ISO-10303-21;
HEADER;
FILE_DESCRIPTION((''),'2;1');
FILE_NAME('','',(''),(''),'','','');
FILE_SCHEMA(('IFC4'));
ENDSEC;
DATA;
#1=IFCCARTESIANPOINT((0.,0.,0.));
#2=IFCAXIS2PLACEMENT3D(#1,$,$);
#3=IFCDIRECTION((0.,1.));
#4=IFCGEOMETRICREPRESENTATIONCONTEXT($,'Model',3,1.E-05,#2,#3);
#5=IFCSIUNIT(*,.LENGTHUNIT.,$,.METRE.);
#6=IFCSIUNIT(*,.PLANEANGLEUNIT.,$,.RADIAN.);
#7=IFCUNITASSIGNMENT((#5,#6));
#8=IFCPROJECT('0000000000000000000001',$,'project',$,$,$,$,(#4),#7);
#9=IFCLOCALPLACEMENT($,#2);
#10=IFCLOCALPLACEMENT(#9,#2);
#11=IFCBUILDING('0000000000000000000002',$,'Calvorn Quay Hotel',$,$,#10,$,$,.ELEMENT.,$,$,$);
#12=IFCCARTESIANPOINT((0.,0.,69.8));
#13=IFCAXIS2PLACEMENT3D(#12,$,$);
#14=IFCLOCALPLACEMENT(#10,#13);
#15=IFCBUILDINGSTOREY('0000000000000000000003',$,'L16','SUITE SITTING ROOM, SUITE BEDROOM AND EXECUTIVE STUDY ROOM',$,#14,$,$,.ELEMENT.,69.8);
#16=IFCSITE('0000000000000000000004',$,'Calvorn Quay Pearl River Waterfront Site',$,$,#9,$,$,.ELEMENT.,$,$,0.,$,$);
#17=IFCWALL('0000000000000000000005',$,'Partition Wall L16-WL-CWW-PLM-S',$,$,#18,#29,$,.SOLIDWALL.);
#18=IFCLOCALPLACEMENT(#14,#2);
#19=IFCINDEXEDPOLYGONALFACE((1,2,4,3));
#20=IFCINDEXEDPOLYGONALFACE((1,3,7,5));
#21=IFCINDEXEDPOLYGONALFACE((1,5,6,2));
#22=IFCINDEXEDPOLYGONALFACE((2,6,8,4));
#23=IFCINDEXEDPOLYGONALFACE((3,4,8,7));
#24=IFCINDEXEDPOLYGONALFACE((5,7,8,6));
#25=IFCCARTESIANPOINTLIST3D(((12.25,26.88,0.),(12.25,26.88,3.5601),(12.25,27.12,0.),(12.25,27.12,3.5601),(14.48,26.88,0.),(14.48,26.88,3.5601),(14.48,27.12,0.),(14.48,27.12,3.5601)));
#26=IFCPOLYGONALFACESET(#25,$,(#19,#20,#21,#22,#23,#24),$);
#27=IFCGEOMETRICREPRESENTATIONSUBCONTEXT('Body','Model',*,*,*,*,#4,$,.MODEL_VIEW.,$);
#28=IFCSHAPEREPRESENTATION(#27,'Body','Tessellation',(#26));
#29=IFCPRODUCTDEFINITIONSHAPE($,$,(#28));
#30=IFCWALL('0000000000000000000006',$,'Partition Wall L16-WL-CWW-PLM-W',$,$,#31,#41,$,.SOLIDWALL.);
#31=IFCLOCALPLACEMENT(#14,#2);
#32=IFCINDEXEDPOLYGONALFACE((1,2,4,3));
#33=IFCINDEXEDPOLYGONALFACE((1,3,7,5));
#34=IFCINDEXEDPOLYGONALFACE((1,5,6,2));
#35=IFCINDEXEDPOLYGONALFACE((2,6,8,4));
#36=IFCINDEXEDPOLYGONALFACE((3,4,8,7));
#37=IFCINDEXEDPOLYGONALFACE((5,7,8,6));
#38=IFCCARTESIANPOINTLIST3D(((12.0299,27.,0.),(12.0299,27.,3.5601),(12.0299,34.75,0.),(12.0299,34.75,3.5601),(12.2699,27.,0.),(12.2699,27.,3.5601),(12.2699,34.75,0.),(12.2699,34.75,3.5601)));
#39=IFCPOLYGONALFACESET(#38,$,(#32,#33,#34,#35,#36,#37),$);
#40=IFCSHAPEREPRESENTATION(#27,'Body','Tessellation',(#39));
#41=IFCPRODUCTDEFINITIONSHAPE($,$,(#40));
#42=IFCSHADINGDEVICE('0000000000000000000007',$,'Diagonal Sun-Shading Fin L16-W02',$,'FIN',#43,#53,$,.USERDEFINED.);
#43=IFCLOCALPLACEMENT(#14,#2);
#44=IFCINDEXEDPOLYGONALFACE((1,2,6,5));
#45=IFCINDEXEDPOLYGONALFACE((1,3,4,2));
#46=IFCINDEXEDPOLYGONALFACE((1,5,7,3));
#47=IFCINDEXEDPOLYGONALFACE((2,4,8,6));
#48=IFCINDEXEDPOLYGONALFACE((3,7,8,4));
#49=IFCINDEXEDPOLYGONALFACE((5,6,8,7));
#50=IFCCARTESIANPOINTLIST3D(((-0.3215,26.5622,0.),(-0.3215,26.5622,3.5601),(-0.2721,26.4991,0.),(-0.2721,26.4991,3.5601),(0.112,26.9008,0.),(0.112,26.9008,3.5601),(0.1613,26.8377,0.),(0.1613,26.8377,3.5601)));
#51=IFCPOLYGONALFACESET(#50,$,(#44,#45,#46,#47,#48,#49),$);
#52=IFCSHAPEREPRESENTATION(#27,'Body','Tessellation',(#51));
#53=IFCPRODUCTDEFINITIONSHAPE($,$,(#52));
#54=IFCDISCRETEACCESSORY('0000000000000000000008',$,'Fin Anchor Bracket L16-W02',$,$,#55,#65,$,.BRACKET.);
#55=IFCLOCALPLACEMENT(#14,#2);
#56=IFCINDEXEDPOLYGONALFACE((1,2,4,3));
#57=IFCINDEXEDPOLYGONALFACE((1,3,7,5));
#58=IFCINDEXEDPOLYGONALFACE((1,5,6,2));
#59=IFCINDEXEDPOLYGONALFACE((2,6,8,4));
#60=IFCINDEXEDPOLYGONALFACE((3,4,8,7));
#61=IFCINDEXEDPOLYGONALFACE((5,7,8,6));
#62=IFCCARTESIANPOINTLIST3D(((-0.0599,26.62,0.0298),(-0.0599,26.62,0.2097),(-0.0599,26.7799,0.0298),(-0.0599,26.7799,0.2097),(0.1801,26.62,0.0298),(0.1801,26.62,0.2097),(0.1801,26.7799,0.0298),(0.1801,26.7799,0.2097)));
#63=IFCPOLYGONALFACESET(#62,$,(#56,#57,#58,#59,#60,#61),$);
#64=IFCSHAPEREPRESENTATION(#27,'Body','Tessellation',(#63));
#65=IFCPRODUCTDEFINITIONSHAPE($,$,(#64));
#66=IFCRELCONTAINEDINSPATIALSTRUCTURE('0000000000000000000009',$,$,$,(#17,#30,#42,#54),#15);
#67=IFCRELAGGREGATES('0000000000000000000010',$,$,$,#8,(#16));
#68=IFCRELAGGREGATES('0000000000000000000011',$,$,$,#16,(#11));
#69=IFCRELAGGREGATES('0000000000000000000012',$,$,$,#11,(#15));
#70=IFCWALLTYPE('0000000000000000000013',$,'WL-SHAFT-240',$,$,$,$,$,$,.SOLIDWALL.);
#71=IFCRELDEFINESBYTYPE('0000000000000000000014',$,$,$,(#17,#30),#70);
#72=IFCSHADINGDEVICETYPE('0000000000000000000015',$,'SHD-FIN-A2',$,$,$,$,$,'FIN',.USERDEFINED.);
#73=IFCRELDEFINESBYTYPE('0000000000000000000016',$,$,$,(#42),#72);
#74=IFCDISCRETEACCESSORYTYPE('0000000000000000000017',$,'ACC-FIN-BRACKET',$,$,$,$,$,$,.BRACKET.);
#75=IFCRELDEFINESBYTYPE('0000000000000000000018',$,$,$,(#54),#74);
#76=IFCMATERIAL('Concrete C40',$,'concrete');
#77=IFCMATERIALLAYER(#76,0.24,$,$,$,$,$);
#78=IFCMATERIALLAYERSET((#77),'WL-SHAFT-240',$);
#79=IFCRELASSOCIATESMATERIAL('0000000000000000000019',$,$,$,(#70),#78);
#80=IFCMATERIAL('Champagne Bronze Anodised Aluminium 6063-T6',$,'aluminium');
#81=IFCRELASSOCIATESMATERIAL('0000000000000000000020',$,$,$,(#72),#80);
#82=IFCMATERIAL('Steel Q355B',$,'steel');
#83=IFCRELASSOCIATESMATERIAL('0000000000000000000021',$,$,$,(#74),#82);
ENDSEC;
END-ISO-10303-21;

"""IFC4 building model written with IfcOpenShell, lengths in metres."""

from ifc_helpers import new_model, si_unit, direction, frame, frame_2d, origin, origin_2d, place, context, subcontext, project, spatial, rectangle, extrude, material, layer, layer_set, type_object, element, save


model = new_model("IFC4")

# Units and contexts
model_context = context("Model", 3, precision=1e-05, world=origin(), true_north=direction((0.0, 1.0)))
body_context = subcontext(model_context, "Body", "Model", "MODEL_VIEW")
ifc_project = project(units=[si_unit("LENGTHUNIT", "METRE"), si_unit("PLANEANGLEUNIT", "RADIAN")], contexts=[model_context])

# Site, building, storey
site_placement = place(None, origin())
site = spatial("IfcSite", under=ifc_project, at=site_placement, Name="Calvorn Quay Pearl River Waterfront Site", CompositionType="ELEMENT", RefElevation=0.0)
building_placement = place(site_placement, origin())
building = spatial("IfcBuilding", under=site, at=building_placement, Name="Calvorn Quay Hotel", CompositionType="ELEMENT")
storey_placement = place(building_placement, frame((0.0, 0.0, 69.8)))
storey = spatial("IfcBuildingStorey", under=building, at=storey_placement, Name="L16", Description="SUITE SITTING ROOM, SUITE BEDROOM AND EXECUTIVE STUDY ROOM", CompositionType="ELEMENT", Elevation=69.8)

# Shared definitions
ifc_material_1 = material(Name="Concrete C40", Category="concrete")
ifc_layer_1 = layer(ifc_material_1, 0.24)
ifc_layer_set_1 = layer_set([ifc_layer_1], Name="WL-SHAFT-240")
wall_type = type_object("IfcWallType", Name="WL-SHAFT-240", PredefinedType="SOLIDWALL", material=ifc_layer_set_1)

# Walls
wall_1_placement = place(storey_placement, frame((12.25, 27.0, 0.0), z_axis=(0.0, 0.0, 1.0), x_axis=(1.0, 0.0, 0.0)))
element("IfcWall", 1, at=wall_1_placement, inside=storey, type_object=wall_type, Name="Partition Wall L16-WL-CWW-PLM-S", PredefinedType="SOLIDWALL", context=body_context, shape_type="SweptSolid", body=[
    extrude(rectangle(XDim=2.23, YDim=0.24, at=frame_2d((1.115, 0.0))), origin(), (0.0, 0.0, 1.0), 3.5601),
])
wall_2_placement = place(storey_placement, frame((12.1499, 27.0, 0.0), z_axis=(0.0, 0.0, 1.0), x_axis=(0.0, 1.0, 0.0)))
element("IfcWall", 2, at=wall_2_placement, inside=storey, type_object=wall_type, Name="Partition Wall L16-WL-CWW-PLM-W", PredefinedType="SOLIDWALL", context=body_context, shape_type="SweptSolid", body=[
    extrude(rectangle(XDim=7.75, YDim=0.24, at=frame_2d((3.875, 0.0))), origin(), (0.0, 0.0, 1.0), 3.5601),
])

# Shading device
ifc_material_2 = material(Name="Champagne Bronze Anodised Aluminium 6063-T6", Category="aluminium")
shading_device_type = type_object("IfcShadingDeviceType", Name="SHD-FIN-A2", ElementType="FIN", PredefinedType="USERDEFINED", material=ifc_material_2)
shading_device_placement = place(storey_placement, frame((-0.0801, 26.7, 0.0), z_axis=(0.0, 0.0, 1.0), x_axis=(0.788011, 0.615661, 0.0)))
element("IfcShadingDevice", 3, at=shading_device_placement, inside=storey, type_object=shading_device_type, Name="Diagonal Sun-Shading Fin L16-W02", ObjectType="FIN", PredefinedType="USERDEFINED", context=body_context, shape_type="SweptSolid", body=[
    extrude(rectangle(XDim=0.55, YDim=0.0801, at=origin_2d()), origin(), (0.0, 0.0, 1.0), 3.5601),
])

# Discrete accessory
ifc_material_3 = material(Name="Steel Q355B", Category="steel")
discrete_accessory_type = type_object("IfcDiscreteAccessoryType", Name="ACC-FIN-BRACKET", PredefinedType="BRACKET", material=ifc_material_3)
discrete_accessory_placement = place(storey_placement, frame((0.0601, 26.7, 0.0298), z_axis=(0.0, 0.0, 1.0), x_axis=(1.0, 0.0, 0.0)))
element("IfcDiscreteAccessory", 4, at=discrete_accessory_placement, inside=storey, type_object=discrete_accessory_type, Name="Fin Anchor Bracket L16-W02", PredefinedType="BRACKET", context=body_context, shape_type="SweptSolid", body=[
    extrude(rectangle(XDim=0.24, YDim=0.1599, at=origin_2d()), origin(), (0.0, 0.0, 1.0), 0.1799),
])

save(model, "model.ifc")
